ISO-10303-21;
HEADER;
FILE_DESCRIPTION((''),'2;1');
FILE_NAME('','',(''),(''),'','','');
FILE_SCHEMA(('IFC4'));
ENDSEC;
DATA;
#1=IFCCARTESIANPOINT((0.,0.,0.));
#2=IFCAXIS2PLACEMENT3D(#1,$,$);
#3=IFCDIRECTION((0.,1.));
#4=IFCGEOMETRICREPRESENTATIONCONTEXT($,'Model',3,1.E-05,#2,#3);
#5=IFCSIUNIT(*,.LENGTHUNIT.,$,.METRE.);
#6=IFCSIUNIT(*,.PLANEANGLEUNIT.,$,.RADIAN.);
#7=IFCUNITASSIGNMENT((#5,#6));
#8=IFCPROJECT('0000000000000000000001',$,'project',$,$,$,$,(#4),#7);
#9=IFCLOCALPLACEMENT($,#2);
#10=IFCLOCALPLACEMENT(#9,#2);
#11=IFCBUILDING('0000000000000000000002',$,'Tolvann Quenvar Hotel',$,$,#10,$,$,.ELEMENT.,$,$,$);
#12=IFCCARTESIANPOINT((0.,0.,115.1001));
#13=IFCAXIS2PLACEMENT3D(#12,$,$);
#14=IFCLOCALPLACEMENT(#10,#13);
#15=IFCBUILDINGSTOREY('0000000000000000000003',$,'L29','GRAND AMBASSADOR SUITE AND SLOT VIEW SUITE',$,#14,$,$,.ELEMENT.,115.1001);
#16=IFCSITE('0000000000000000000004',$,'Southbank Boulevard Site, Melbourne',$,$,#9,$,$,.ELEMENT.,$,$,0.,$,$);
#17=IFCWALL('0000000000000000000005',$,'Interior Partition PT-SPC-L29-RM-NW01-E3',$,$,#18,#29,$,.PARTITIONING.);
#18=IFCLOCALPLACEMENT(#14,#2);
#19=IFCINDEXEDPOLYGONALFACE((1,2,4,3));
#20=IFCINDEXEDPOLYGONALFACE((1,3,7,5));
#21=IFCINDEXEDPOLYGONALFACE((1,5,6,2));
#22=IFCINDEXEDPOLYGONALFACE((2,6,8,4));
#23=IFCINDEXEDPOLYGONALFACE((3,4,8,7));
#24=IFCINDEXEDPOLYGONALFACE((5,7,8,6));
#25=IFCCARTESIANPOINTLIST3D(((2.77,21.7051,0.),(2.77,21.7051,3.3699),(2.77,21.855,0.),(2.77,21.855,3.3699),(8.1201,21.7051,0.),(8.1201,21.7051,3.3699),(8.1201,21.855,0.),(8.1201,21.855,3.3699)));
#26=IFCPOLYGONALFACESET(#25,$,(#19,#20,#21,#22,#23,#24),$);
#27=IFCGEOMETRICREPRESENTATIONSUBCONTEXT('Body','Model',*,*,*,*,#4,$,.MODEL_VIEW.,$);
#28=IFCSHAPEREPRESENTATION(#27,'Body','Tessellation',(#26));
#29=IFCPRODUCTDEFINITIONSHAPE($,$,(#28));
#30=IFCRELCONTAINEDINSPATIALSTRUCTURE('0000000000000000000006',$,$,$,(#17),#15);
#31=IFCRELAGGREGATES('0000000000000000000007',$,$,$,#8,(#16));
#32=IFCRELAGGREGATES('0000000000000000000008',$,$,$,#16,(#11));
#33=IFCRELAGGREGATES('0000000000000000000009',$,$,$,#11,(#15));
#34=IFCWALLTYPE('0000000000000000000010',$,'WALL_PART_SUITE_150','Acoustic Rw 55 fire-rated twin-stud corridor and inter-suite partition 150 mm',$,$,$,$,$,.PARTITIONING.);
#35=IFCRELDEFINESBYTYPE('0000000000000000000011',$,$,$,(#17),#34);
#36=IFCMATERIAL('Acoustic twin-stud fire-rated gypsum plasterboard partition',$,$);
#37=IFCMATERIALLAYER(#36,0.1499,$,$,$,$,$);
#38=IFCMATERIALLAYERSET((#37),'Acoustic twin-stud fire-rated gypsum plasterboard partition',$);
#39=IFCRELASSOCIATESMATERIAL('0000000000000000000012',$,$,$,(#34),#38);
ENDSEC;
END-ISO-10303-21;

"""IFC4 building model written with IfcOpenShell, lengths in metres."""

from ifc_helpers import new_model, si_unit, direction, frame, frame_2d, origin, place, context, subcontext, project, spatial, rectangle, extrude, material, layer, layer_set, type_object, element, save


model = new_model("IFC4")

# Units and contexts
model_context = context("Model", 3, precision=1e-05, world=origin(), true_north=direction((0.0, 1.0)))
body_context = subcontext(model_context, "Body", "Model", "MODEL_VIEW")
ifc_project = project(units=[si_unit("LENGTHUNIT", "METRE"), si_unit("PLANEANGLEUNIT", "RADIAN")], contexts=[model_context])

# Site, building, storey
site_placement = place(None, origin())
site = spatial("IfcSite", under=ifc_project, at=site_placement, Name="Southbank Boulevard Site, Melbourne", CompositionType="ELEMENT", RefElevation=0.0)
building_placement = place(site_placement, origin())
building = spatial("IfcBuilding", under=site, at=building_placement, Name="Tolvann Quenvar Hotel", CompositionType="ELEMENT")
storey_placement = place(building_placement, frame((0.0, 0.0, 115.1001)))
storey = spatial("IfcBuildingStorey", under=building, at=storey_placement, Name="L29", Description="GRAND AMBASSADOR SUITE AND SLOT VIEW SUITE", CompositionType="ELEMENT", Elevation=115.1001)

# Shared definitions
ifc_material_1 = material(Name="Acoustic twin-stud fire-rated gypsum plasterboard partition")

# Shared definitions
ifc_layer_1 = layer(ifc_material_1, 0.1499)
ifc_layer_set_1 = layer_set([ifc_layer_1], Name="Acoustic twin-stud fire-rated gypsum plasterboard partition")
wall_type_1 = type_object("IfcWallType", Name="WALL_PART_SUITE_150", Description="Acoustic Rw 55 fire-rated twin-stud corridor and inter-suite partition 150 mm", PredefinedType="PARTITIONING", material=ifc_layer_set_1)

# Wall
wall_1_placement = place(storey_placement, frame((2.77, 21.78, 0.0), z_axis=(0.0, 0.0, 1.0), x_axis=(1.0, 0.0, 0.0)))
element("IfcWall", 1, at=wall_1_placement, inside=storey, type_object=wall_type_1, Name="Interior Partition PT-SPC-L29-RM-NW01-E3", PredefinedType="PARTITIONING", context=body_context, shape_type="SweptSolid", body=[
    extrude(rectangle(XDim=5.3501, YDim=0.1499, at=frame_2d((2.675, 0.0))), origin(), (0.0, 0.0, 1.0), 3.3699),
])

save(model, "model.ifc")
